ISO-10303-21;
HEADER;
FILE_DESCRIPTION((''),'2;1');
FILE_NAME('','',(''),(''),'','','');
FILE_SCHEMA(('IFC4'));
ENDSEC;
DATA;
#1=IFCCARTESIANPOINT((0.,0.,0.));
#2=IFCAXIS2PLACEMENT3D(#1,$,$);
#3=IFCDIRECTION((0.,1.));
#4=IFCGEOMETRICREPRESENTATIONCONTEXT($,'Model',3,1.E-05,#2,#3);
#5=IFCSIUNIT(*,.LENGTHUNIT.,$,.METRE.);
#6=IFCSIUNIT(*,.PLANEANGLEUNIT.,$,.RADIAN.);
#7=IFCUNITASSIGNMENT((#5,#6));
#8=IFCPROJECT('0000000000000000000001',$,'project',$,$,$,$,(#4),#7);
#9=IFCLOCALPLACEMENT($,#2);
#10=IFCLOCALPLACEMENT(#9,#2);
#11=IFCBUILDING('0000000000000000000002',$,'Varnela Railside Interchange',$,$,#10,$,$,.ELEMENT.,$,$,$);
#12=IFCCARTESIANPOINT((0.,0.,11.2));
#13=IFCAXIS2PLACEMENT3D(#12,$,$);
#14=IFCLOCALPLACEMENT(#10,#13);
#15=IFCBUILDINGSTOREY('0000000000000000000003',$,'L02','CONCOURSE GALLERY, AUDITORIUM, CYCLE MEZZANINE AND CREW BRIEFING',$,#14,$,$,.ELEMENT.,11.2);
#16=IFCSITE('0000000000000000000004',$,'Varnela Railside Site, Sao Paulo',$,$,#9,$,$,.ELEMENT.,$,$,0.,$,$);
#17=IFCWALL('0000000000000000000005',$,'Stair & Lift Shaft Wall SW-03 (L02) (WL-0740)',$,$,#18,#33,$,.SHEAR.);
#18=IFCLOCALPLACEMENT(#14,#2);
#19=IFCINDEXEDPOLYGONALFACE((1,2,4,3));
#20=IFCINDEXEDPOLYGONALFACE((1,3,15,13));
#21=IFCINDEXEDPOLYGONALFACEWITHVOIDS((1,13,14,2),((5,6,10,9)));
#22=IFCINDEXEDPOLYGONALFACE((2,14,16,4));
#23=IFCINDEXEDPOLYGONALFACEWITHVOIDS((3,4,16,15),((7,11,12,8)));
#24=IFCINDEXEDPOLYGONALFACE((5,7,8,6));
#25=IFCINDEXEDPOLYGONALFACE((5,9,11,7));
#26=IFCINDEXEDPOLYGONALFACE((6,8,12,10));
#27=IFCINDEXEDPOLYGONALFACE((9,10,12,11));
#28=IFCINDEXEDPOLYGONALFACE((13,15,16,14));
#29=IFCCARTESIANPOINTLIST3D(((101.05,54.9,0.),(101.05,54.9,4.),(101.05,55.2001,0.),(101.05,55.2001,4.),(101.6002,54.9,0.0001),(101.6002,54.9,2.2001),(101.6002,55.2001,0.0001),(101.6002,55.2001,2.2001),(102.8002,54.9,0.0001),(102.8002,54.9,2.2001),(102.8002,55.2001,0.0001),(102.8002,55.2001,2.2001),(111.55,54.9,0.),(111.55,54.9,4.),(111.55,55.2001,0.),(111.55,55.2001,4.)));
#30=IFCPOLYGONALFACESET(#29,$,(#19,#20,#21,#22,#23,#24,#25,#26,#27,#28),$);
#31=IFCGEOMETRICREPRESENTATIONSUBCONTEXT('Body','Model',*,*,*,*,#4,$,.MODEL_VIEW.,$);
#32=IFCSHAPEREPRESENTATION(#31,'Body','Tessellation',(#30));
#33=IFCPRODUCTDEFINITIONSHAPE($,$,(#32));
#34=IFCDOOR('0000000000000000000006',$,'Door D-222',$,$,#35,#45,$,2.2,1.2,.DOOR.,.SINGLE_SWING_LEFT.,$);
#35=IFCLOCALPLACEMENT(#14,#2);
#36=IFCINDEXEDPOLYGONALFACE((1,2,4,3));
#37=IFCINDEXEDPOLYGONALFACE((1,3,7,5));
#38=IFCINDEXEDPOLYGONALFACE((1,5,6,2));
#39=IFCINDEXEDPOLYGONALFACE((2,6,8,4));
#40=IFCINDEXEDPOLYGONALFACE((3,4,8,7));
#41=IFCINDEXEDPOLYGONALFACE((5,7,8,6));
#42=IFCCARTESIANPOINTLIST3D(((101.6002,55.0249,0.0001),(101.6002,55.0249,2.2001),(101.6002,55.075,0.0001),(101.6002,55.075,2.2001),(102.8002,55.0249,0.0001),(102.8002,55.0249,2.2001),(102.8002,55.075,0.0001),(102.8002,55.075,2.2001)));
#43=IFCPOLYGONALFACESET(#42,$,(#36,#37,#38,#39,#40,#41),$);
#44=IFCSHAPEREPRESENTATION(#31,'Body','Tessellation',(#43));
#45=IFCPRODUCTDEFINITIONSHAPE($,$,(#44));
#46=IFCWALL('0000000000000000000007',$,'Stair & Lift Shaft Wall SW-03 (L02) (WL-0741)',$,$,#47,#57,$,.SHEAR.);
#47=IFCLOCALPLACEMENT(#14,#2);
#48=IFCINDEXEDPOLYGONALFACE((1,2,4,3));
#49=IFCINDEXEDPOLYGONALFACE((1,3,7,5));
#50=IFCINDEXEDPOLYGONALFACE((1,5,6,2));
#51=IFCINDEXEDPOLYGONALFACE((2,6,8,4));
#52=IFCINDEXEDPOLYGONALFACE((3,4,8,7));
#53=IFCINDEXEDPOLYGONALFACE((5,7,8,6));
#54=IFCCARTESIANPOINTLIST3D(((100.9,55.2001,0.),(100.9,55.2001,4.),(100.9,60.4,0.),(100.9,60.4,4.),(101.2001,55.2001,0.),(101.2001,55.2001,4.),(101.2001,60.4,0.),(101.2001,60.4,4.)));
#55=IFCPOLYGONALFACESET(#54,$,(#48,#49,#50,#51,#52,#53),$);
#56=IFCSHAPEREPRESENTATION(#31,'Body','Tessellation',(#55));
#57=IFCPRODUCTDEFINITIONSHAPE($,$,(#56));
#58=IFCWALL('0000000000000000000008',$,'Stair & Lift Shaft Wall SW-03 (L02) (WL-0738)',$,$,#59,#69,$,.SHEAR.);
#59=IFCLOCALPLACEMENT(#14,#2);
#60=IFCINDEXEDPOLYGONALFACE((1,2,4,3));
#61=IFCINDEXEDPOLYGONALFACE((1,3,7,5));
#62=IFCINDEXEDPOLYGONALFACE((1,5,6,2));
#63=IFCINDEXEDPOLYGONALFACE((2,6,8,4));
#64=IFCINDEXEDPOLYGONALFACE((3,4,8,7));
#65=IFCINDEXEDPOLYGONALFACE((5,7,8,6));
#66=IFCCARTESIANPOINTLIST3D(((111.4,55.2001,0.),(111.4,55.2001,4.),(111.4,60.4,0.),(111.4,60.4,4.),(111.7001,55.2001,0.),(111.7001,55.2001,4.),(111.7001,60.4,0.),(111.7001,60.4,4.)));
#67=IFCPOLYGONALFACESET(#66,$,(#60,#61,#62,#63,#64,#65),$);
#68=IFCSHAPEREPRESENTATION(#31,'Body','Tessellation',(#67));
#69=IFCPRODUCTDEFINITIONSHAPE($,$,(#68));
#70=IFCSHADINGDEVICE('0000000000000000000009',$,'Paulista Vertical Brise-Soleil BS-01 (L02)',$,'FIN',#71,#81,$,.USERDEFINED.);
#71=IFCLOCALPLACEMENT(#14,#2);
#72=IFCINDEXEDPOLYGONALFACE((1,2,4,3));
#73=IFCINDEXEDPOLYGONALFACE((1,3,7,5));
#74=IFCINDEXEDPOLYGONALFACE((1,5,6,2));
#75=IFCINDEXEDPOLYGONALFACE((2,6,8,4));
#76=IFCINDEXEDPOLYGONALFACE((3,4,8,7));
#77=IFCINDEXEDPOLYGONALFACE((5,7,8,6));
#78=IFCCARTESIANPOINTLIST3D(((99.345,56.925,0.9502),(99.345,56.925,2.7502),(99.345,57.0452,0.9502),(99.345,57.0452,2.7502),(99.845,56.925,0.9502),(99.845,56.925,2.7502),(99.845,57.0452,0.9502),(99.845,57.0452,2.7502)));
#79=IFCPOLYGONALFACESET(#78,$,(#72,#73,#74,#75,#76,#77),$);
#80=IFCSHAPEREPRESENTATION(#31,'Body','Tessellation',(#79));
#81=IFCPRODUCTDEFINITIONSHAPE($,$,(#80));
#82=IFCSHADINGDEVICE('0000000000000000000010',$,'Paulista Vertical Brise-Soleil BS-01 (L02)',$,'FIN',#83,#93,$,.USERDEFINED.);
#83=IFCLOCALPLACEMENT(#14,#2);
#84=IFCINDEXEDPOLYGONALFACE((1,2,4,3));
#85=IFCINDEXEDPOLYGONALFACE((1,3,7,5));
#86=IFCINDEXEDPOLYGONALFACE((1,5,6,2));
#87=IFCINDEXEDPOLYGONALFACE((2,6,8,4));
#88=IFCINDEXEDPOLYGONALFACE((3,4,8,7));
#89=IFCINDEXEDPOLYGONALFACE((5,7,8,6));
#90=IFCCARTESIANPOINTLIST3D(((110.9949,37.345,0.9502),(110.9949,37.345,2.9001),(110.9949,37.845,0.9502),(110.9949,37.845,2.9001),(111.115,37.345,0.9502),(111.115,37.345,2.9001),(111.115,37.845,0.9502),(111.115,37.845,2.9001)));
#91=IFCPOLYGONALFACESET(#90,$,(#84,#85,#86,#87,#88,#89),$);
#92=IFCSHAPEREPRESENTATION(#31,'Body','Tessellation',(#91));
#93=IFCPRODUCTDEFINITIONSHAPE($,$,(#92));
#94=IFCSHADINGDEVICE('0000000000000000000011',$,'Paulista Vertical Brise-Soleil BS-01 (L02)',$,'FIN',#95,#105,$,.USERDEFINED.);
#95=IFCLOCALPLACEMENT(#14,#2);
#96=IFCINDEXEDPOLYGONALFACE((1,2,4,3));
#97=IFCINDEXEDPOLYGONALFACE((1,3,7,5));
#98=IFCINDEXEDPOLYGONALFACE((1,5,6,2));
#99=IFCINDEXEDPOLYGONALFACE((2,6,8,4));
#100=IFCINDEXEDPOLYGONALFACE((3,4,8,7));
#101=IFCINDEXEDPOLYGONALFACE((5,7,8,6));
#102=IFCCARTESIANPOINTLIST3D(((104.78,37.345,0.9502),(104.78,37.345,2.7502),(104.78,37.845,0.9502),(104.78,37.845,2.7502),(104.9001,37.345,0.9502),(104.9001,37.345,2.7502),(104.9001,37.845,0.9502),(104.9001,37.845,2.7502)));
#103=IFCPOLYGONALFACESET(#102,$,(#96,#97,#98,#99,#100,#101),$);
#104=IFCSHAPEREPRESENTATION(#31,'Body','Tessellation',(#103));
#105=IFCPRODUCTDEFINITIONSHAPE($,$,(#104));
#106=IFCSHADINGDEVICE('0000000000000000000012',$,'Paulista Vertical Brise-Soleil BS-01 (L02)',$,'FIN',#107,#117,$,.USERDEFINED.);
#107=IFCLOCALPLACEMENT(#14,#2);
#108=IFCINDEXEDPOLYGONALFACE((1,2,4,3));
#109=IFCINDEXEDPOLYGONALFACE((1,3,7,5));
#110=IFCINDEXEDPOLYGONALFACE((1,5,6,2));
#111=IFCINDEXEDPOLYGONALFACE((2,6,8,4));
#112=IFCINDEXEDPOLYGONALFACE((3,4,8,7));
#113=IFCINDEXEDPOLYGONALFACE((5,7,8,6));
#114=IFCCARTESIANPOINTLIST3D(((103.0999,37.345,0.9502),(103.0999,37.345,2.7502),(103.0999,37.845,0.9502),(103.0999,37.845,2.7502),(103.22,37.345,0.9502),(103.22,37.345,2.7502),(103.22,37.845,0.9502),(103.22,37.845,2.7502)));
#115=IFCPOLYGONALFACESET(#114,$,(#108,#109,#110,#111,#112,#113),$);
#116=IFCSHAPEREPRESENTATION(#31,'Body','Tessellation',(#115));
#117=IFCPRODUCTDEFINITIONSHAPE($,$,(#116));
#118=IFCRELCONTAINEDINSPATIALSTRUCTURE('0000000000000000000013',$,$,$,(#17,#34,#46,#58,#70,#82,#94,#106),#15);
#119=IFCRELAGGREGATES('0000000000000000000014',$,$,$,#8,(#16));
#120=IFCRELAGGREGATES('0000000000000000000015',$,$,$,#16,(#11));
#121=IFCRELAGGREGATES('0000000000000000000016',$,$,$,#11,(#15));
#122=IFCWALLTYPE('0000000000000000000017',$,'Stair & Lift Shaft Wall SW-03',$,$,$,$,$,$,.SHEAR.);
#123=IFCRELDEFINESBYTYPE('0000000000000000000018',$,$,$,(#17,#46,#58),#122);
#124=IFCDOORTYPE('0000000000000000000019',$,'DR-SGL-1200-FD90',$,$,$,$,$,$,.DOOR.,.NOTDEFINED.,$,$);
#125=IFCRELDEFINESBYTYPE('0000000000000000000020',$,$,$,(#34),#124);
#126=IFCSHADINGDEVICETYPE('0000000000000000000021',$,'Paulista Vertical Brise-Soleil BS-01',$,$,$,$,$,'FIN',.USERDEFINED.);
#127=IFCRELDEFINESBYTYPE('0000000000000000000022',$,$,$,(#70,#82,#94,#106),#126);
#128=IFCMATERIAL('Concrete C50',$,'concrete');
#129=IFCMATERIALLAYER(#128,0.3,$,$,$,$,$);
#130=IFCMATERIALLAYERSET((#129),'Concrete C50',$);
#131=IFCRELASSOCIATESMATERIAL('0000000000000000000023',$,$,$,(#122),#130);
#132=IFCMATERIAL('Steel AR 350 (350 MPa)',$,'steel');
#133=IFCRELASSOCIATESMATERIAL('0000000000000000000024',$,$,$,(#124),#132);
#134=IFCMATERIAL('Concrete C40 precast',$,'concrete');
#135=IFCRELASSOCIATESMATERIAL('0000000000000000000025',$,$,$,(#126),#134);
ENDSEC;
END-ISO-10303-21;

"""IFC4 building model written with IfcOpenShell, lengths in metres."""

from ifc_helpers import new_model, si_unit, direction, frame, frame_2d, origin, origin_2d, place, context, subcontext, project, spatial, rectangle, extrude, material, layer, layer_set, type_object, element, fill, save


model = new_model("IFC4")

# Units and contexts
model_context = context("Model", 3, precision=1e-05, world=origin(), true_north=direction((0.0, 1.0)))
body_context = subcontext(model_context, "Body", "Model", "MODEL_VIEW")
ifc_project = project(units=[si_unit("LENGTHUNIT", "METRE"), si_unit("PLANEANGLEUNIT", "RADIAN")], contexts=[model_context])

# Site, building, storey
site_placement = place(None, origin())
site = spatial("IfcSite", under=ifc_project, at=site_placement, Name="Varnela Railside Site, Sao Paulo", CompositionType="ELEMENT", RefElevation=0.0)
building_placement = place(site_placement, origin())
building = spatial("IfcBuilding", under=site, at=building_placement, Name="Varnela Railside Interchange", CompositionType="ELEMENT")
storey_placement = place(building_placement, frame((0.0, 0.0, 11.2)))
storey = spatial("IfcBuildingStorey", under=building, at=storey_placement, Name="L02", Description="CONCOURSE GALLERY, AUDITORIUM, CYCLE MEZZANINE AND CREW BRIEFING", CompositionType="ELEMENT", Elevation=11.2)

# Shared definitions
ifc_material_1 = material(Name="Concrete C50", Category="concrete")

# Shared definitions
ifc_material_2 = material(Name="Steel AR 350 (350 MPa)", Category="steel")

# Shared definitions
ifc_material_3 = material(Name="Concrete C40 precast", Category="concrete")

# Shared definitions
ifc_layer_1 = layer(ifc_material_1, 0.3)
ifc_layer_set_1 = layer_set([ifc_layer_1], Name="Concrete C50")
wall_type_1 = type_object("IfcWallType", Name="Stair & Lift Shaft Wall SW-03", PredefinedType="SHEAR", material=ifc_layer_set_1)
door_type = type_object("IfcDoorType", Name="DR-SGL-1200-FD90", OperationType="NOTDEFINED", PredefinedType="DOOR", material=ifc_material_2)

# Wall, opening, door
wall_1_placement = place(storey_placement, frame((101.05, 55.05, 0.0), z_axis=(0.0, 0.0, 1.0), x_axis=(1.0, 0.0, 0.0)))
wall_1 = element("IfcWall", 1, at=wall_1_placement, inside=storey, type_object=wall_type_1, Name="Stair & Lift Shaft Wall SW-03 (L02) (WL-0740)", PredefinedType="SHEAR", context=body_context, shape_type="SweptSolid", body=[
    extrude(rectangle(XDim=10.5, YDim=0.3, at=frame_2d((5.25, 0.0))), origin(), (0.0, 0.0, 1.0), 4.0),
])
opening_1_placement = place(wall_1_placement, frame((0.55, 0.0, 0.0)))
opening_1 = element("IfcOpeningElement", 2, at=opening_1_placement, cuts=wall_1, PredefinedType="OPENING", context=body_context, shape_type="SweptSolid", body=[
    extrude(rectangle(XDim=1.2, YDim=2.2, at=frame_2d((0.6001, 1.1001))), frame((0.0, 0.1599, 0.0), z_axis=(0.0, -1.0, 0.0), x_axis=(1.0, 0.0, 0.0)), (0.0, 0.0, 1.0), 0.3201),
])
door_1_placement = place(opening_1_placement, origin())
door_1 = element("IfcDoor", 3, at=door_1_placement, inside=storey, type_object=door_type, Name="Door D-222", OperationType="SINGLE_SWING_LEFT", OverallHeight=2.2, OverallWidth=1.2, PredefinedType="DOOR", context=body_context, shape_type="SweptSolid", body=[
    extrude(rectangle(XDim=1.2, YDim=2.2, at=frame_2d((0.6001, 1.1001))), frame((0.0, 0.0249, 0.0), z_axis=(0.0, -1.0, 0.0), x_axis=(1.0, 0.0, 0.0)), (0.0, 0.0, 1.0), 0.05),
])
fill(opening_1, door_1)

# Walls
for number, where, z_axis, x_axis, name in (
    (4, (101.05, 55.2, 0.0), (0.0, 0.0, 1.0), (0.0, 1.0, 0.0), "Stair & Lift Shaft Wall SW-03 (L02) (WL-0741)"),
    (5, (111.55, 55.2, 0.0), (0.0, 0.0, 1.0), (0.0, 1.0, 0.0), "Stair & Lift Shaft Wall SW-03 (L02) (WL-0738)"),
):
    element("IfcWall", number, at=place(storey_placement, frame(where, z_axis=z_axis, x_axis=x_axis)), inside=storey, type_object=wall_type_1, Name=name, PredefinedType="SHEAR", context=body_context, shape_type="SweptSolid", body=[
        extrude(rectangle(XDim=5.2, YDim=0.3, at=frame_2d((2.6001, 0.0))), origin(), (0.0, 0.0, 1.0), 4.0),
    ])

# Shading devices
shading_device_type = type_object("IfcShadingDeviceType", Name="Paulista Vertical Brise-Soleil BS-01", ElementType="FIN", PredefinedType="USERDEFINED", material=ifc_material_3)
shading_device_1_placement = place(storey_placement, frame((99.595, 56.9851, 0.9502), z_axis=(0.0, 0.0, 1.0), x_axis=(-1.0, 0.0, 0.0)))
element("IfcShadingDevice", 6, at=shading_device_1_placement, inside=storey, type_object=shading_device_type, Name="Paulista Vertical Brise-Soleil BS-01 (L02)", ObjectType="FIN", PredefinedType="USERDEFINED", context=body_context, shape_type="SweptSolid", body=[
    extrude(rectangle(XDim=0.5, YDim=0.1201, at=origin_2d()), origin(), (0.0, 0.0, 1.0), 1.8),
])
shading_device_2_placement = place(storey_placement, frame((111.0549, 37.595, 0.9502), z_axis=(0.0, 0.0, 1.0), x_axis=(0.0, -1.0, 0.0)))
element("IfcShadingDevice", 7, at=shading_device_2_placement, inside=storey, type_object=shading_device_type, Name="Paulista Vertical Brise-Soleil BS-01 (L02)", ObjectType="FIN", PredefinedType="USERDEFINED", context=body_context, shape_type="SweptSolid", body=[
    extrude(rectangle(XDim=0.5, YDim=0.1201, at=origin_2d()), origin(), (0.0, 0.0, 1.0), 1.95),
])
for number, where, z_axis, x_axis, name in (
    (8, (104.8401, 37.595, 0.9502), (0.0, 0.0, 1.0), (0.0, -1.0, 0.0), "Paulista Vertical Brise-Soleil BS-01 (L02)"),
    (9, (103.1599, 37.595, 0.9502), (0.0, 0.0, 1.0), (0.0, -1.0, 0.0), "Paulista Vertical Brise-Soleil BS-01 (L02)"),
):
    element("IfcShadingDevice", number, at=place(storey_placement, frame(where, z_axis=z_axis, x_axis=x_axis)), inside=storey, type_object=shading_device_type, Name=name, ObjectType="FIN", PredefinedType="USERDEFINED", context=body_context, shape_type="SweptSolid", body=[
        extrude(rectangle(XDim=0.5, YDim=0.1201, at=origin_2d()), origin(), (0.0, 0.0, 1.0), 1.8),
    ])

save(model, "model.ifc")
